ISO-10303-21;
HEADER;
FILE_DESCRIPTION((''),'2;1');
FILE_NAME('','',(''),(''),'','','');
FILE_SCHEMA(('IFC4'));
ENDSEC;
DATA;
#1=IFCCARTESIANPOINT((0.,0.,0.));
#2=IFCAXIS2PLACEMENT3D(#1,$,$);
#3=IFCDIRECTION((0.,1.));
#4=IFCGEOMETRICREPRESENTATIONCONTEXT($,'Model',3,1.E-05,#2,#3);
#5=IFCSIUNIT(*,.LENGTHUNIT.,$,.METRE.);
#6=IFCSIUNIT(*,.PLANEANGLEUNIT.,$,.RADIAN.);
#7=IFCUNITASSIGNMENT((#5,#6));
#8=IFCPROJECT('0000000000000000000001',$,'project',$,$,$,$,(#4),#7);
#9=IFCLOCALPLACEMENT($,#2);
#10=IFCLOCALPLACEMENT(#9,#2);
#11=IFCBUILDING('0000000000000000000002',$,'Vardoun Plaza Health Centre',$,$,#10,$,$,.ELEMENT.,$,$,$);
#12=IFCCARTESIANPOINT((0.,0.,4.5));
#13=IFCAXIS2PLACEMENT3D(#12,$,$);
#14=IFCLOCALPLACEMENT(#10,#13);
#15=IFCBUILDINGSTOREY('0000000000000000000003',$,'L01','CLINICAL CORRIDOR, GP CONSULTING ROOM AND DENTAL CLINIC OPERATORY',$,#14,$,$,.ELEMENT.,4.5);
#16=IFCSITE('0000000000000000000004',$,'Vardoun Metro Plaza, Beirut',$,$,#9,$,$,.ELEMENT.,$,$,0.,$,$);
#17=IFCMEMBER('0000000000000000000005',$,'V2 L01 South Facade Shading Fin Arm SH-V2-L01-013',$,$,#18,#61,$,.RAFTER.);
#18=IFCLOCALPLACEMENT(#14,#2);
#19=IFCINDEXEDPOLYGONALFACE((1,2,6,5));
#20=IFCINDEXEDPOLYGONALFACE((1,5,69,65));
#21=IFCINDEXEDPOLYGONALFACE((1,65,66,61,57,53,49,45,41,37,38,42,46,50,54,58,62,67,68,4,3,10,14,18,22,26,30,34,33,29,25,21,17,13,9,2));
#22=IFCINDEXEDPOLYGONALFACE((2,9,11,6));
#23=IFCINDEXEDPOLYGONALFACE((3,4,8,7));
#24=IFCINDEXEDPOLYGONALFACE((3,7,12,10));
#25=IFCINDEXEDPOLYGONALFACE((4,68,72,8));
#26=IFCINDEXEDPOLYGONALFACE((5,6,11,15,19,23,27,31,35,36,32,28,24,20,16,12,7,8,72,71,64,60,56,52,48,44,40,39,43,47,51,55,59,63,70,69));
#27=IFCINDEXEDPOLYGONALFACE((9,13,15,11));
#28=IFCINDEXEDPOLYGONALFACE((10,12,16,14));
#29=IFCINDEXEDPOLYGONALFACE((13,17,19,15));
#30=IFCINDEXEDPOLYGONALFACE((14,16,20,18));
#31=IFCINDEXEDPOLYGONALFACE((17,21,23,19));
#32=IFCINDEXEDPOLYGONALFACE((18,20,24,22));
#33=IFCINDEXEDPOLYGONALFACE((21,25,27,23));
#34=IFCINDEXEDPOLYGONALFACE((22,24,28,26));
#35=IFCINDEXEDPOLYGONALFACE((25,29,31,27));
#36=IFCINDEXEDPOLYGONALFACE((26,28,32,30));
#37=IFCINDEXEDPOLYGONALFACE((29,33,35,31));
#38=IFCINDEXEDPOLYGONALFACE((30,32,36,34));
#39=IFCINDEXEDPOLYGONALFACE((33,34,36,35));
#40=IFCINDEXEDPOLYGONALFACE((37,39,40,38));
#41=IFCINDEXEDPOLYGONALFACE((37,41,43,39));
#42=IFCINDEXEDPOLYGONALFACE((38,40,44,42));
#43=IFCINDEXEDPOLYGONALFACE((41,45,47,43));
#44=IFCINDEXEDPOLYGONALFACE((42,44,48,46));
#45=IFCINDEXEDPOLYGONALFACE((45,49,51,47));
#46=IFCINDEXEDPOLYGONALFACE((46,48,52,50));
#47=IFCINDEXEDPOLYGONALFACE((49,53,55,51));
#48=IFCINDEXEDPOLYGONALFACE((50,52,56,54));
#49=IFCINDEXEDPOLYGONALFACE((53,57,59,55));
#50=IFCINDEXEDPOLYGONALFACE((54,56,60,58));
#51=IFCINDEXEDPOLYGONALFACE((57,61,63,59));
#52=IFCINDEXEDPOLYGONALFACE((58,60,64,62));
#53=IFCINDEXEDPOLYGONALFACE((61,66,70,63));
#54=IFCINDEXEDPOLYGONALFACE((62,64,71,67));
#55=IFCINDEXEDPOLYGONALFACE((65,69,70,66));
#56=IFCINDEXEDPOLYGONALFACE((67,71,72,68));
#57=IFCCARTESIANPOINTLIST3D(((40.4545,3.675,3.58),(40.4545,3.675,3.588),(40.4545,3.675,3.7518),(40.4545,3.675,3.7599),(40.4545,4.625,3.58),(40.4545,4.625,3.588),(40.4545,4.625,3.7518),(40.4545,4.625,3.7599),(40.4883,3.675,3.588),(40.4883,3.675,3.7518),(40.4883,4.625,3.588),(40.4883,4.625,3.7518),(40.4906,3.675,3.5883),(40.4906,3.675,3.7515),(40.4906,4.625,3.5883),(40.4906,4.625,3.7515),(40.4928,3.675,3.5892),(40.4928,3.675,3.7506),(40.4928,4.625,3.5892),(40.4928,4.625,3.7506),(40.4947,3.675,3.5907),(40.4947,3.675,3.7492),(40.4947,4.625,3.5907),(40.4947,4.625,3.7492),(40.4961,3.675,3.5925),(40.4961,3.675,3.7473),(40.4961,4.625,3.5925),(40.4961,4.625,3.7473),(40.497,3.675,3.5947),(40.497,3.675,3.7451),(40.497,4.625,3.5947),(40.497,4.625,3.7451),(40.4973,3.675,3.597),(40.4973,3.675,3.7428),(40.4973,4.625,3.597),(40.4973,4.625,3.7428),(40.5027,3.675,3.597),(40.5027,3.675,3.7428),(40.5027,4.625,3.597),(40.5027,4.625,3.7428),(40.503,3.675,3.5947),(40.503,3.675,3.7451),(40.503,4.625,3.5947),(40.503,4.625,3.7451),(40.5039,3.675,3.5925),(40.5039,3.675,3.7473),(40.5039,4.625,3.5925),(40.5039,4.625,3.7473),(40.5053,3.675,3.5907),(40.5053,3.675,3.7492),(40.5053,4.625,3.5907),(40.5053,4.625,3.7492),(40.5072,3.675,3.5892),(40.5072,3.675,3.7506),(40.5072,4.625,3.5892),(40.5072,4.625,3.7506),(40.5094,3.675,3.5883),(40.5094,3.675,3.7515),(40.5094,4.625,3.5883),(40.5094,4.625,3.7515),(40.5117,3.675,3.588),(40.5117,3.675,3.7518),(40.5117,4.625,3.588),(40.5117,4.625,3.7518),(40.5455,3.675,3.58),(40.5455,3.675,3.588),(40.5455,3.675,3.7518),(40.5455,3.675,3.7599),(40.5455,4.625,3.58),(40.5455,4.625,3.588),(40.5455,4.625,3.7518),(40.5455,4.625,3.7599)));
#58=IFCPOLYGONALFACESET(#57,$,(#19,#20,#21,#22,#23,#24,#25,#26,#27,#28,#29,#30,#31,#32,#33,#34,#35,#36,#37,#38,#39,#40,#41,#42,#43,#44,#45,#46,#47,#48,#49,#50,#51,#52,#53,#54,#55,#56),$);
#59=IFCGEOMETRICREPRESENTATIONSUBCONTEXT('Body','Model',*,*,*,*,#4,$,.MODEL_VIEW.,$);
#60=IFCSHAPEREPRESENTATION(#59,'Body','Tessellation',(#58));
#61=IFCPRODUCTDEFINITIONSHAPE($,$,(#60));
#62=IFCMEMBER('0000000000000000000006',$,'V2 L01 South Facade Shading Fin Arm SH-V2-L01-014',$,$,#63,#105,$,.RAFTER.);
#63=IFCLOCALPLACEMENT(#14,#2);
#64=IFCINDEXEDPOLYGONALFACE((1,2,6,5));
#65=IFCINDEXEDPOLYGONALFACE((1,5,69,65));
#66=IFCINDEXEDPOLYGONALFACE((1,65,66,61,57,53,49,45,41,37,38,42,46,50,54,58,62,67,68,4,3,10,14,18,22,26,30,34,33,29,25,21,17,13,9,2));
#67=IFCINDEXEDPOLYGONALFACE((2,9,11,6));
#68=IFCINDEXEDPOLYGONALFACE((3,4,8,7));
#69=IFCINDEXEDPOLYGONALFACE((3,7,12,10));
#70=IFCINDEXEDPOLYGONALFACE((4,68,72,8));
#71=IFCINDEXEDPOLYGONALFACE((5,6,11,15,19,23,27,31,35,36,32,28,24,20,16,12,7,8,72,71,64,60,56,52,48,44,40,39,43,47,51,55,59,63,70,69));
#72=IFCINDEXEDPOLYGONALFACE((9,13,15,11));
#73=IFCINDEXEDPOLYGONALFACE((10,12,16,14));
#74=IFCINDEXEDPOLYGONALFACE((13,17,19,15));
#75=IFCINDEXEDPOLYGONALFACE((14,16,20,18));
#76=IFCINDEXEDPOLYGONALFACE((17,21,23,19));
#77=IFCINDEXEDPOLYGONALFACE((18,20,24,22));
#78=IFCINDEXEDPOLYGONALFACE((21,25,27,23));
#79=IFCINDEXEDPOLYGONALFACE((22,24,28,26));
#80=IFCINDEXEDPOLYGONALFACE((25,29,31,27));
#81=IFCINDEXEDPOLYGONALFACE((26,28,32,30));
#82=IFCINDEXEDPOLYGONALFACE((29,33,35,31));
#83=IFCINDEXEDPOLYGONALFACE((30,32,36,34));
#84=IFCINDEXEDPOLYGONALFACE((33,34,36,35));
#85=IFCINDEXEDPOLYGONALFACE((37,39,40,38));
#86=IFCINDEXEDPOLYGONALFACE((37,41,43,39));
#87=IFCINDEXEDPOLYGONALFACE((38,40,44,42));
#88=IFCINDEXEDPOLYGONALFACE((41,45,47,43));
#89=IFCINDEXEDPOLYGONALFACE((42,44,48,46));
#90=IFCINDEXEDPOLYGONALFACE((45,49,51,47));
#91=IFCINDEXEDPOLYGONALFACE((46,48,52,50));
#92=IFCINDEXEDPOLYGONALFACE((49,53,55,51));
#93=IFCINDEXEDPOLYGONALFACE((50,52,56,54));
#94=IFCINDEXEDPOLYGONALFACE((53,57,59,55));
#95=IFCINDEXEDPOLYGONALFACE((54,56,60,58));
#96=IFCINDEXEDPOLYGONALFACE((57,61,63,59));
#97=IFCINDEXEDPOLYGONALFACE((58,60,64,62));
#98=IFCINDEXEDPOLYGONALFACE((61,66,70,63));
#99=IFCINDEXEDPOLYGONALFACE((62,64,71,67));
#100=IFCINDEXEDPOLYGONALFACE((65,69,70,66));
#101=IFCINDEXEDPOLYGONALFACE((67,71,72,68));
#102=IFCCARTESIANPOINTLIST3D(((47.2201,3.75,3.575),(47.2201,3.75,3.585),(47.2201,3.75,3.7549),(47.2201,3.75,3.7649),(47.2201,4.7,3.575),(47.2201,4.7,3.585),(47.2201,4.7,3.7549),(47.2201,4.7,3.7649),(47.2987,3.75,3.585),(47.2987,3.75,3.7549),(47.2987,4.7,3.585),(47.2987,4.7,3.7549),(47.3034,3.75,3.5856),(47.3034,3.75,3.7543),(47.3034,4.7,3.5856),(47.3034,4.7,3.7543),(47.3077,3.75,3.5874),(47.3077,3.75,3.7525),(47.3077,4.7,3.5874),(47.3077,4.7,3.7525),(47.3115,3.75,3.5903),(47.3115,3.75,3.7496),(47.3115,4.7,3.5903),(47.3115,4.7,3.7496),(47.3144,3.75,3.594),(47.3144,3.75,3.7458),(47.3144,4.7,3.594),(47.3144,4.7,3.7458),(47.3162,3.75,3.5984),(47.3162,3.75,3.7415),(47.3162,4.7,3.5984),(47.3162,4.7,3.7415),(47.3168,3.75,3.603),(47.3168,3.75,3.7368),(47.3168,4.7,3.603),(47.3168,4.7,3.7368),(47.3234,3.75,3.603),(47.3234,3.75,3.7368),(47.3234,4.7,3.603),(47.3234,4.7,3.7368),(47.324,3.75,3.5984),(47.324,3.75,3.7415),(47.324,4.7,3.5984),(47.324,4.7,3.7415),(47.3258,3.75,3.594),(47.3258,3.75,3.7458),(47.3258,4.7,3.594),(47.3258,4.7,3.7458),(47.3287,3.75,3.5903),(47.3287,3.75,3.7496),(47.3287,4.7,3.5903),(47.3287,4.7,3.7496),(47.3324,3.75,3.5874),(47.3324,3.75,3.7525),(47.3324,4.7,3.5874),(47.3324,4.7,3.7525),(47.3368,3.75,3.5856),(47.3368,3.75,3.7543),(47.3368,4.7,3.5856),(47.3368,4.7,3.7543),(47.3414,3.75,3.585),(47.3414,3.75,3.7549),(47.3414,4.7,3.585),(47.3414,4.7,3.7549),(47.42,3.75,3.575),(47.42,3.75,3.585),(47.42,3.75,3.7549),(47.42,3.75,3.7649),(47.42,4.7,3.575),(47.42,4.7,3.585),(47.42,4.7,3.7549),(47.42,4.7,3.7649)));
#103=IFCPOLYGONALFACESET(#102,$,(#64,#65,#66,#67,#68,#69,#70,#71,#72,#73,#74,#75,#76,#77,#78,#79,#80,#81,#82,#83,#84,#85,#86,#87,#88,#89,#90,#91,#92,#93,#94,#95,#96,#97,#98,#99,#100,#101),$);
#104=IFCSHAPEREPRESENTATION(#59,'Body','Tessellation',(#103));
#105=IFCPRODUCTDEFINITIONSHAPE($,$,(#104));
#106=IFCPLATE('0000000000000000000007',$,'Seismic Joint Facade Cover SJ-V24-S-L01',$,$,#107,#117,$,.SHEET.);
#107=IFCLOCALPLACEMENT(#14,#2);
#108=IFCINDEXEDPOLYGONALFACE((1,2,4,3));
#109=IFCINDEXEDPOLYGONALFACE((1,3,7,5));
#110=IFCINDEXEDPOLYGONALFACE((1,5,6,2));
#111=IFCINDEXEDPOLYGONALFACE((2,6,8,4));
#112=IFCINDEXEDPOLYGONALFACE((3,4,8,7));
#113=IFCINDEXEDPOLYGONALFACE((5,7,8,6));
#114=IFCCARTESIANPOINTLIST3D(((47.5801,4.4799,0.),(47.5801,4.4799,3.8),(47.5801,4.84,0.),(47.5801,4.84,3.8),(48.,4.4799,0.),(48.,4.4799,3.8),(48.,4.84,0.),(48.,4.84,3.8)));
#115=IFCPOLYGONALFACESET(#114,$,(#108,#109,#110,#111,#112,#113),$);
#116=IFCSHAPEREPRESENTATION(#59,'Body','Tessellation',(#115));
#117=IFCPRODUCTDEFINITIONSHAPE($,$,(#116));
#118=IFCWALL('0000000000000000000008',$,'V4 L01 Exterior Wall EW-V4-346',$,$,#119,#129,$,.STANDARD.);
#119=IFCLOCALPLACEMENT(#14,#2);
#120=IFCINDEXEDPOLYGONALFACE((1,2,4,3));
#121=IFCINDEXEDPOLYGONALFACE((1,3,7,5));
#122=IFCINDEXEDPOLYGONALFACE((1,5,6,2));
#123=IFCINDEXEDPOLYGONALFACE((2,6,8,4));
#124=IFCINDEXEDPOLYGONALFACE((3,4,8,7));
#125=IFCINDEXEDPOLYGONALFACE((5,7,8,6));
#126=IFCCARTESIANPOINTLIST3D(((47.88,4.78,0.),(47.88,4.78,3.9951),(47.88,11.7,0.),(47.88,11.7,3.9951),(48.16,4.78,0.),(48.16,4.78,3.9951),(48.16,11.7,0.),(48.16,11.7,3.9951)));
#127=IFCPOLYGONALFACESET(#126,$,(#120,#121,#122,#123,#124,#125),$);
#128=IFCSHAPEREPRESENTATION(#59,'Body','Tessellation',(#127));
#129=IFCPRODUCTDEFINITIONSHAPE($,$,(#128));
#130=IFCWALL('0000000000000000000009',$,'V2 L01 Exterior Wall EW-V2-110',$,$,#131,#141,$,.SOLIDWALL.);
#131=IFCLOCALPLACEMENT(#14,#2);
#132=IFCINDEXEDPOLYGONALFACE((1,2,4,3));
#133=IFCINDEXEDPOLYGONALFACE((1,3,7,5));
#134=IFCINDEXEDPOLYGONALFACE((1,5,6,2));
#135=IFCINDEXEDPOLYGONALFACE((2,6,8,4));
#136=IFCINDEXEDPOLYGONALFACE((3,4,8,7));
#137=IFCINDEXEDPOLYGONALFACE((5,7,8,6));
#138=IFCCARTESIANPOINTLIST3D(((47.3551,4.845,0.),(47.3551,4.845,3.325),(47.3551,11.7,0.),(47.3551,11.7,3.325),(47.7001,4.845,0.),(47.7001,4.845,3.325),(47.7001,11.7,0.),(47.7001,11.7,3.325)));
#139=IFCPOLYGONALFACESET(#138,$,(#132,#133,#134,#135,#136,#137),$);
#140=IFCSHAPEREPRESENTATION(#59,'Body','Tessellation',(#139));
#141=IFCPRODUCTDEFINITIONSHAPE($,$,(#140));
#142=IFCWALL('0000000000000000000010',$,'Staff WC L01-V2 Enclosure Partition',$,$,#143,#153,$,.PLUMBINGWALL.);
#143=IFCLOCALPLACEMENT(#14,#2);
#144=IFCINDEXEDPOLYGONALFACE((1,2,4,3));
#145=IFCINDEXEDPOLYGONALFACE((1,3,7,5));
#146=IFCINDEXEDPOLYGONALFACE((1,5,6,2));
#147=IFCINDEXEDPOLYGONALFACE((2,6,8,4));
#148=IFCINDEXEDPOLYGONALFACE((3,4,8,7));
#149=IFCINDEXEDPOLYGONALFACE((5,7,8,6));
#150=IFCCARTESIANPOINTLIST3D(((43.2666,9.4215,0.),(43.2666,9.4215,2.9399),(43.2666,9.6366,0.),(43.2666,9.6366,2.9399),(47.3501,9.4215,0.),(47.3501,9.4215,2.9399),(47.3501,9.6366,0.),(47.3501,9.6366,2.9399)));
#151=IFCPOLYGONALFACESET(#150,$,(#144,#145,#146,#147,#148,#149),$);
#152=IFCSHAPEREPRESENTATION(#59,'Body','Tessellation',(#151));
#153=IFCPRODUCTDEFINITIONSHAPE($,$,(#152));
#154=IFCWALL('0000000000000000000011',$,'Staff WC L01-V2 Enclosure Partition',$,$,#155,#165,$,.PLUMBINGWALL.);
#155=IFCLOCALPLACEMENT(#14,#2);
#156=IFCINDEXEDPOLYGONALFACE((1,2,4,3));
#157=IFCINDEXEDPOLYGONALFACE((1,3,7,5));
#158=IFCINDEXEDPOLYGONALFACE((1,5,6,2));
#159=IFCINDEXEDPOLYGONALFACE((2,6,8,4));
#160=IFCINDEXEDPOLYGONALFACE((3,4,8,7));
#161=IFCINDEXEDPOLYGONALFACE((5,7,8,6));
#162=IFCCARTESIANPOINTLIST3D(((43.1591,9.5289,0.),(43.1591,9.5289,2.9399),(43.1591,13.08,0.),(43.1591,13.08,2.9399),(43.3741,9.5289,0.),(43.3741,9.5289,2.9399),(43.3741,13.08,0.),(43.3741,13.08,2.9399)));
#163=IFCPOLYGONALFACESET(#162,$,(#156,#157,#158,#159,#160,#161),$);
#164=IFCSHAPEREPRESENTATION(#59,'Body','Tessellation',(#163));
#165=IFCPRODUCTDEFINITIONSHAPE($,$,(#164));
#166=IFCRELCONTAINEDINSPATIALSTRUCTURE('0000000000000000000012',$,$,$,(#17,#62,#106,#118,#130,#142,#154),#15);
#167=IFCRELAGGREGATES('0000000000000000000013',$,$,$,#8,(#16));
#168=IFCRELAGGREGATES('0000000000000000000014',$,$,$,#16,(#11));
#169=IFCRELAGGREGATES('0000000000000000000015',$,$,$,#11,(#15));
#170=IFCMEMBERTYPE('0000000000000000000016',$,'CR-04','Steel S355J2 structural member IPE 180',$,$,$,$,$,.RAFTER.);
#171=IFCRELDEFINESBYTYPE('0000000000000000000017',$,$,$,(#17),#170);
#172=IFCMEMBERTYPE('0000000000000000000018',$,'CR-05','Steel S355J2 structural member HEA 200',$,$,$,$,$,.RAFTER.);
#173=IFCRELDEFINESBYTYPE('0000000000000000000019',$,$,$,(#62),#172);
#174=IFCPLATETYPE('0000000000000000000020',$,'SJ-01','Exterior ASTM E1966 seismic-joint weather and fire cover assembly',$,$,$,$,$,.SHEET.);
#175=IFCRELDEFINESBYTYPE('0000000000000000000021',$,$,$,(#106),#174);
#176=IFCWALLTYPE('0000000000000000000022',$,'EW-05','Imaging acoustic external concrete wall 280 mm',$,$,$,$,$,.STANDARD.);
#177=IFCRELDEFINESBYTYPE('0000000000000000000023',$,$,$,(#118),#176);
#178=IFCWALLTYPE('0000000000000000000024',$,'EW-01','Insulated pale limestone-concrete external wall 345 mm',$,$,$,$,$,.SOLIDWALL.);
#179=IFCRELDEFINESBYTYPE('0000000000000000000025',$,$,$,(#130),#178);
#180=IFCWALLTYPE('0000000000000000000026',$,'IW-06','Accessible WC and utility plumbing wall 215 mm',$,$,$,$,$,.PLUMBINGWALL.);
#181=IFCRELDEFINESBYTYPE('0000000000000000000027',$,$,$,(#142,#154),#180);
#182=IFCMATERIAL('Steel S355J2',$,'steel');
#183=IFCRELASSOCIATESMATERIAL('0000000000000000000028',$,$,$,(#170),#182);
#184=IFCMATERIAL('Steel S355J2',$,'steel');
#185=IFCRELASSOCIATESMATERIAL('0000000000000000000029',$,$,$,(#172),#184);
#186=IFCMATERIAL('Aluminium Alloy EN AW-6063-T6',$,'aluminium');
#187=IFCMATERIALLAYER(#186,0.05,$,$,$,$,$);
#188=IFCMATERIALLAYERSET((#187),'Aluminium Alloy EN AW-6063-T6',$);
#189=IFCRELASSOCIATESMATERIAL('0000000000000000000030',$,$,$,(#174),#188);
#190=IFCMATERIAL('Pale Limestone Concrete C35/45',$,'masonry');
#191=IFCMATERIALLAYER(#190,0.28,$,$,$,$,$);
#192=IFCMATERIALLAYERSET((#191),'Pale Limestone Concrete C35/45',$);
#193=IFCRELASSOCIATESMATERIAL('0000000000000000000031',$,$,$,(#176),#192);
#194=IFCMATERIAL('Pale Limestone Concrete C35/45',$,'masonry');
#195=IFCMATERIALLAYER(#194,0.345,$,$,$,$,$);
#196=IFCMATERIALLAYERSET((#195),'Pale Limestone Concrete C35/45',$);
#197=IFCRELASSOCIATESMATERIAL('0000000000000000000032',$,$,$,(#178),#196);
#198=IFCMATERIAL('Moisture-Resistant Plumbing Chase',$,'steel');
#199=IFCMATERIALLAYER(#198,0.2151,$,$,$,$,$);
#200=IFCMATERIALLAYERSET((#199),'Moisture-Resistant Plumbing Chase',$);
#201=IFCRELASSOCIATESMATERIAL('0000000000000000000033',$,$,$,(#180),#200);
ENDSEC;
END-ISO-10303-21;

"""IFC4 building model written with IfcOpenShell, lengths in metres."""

from ifc_helpers import new_model, si_unit, direction, frame, frame_2d, origin, origin_2d, place, context, subcontext, project, spatial, rectangle, i_section, extrude, material, layer, layer_set, material_profile, profile_set, type_object, element, save


model = new_model("IFC4")

# Units and contexts
model_context = context("Model", 3, precision=1e-05, world=origin(), true_north=direction((0.0, 1.0)))
body_context = subcontext(model_context, "Body", "Model", "MODEL_VIEW")
ifc_project = project(units=[si_unit("LENGTHUNIT", "METRE"), si_unit("PLANEANGLEUNIT", "RADIAN")], contexts=[model_context])

# Site, building, storey
site_placement = place(None, origin())
site = spatial("IfcSite", under=ifc_project, at=site_placement, Name="Vardoun Metro Plaza, Beirut", CompositionType="ELEMENT", RefElevation=0.0)
building_placement = place(site_placement, origin())
building = spatial("IfcBuilding", under=site, at=building_placement, Name="Vardoun Plaza Health Centre", CompositionType="ELEMENT")
storey_placement = place(building_placement, frame((0.0, 0.0, 4.5)))
storey = spatial("IfcBuildingStorey", under=building, at=storey_placement, Name="L01", Description="CLINICAL CORRIDOR, GP CONSULTING ROOM AND DENTAL CLINIC OPERATORY", CompositionType="ELEMENT", Elevation=4.5)

# Members
ifc_material_1 = material(Name="Steel S355J2", Category="steel")
ifc_material_profile_1 = material_profile(ifc_material_1, i_section(OverallWidth=0.0911, OverallDepth=0.1799, WebThickness=0.0054, FlangeThickness=0.0081, FilletRadius=0.009, at=origin_2d()), Name="IPE 180")
ifc_profile_set_1 = profile_set([ifc_material_profile_1], Name="Steel S355J2")
member_type_1 = type_object("IfcMemberType", Name="CR-04", Description="Steel S355J2 structural member IPE 180", PredefinedType="RAFTER", material=ifc_profile_set_1)
member_1_placement = place(storey_placement, frame((40.5, 4.625, 3.6699), z_axis=(0.0, -1.0, 0.0), x_axis=(1.0, 0.0, 0.0)))
element("IfcMember", 1, at=member_1_placement, inside=storey, type_object=member_type_1, Name="V2 L01 South Facade Shading Fin Arm SH-V2-L01-013", PredefinedType="RAFTER", context=body_context, shape_type="SweptSolid", body=[
    extrude(i_section(OverallWidth=0.0911, OverallDepth=0.1799, WebThickness=0.0054, FlangeThickness=0.0081, FilletRadius=0.009, at=origin_2d()), origin(), (0.0, 0.0, 1.0), 0.95),
])
ifc_material_2 = material(Name="Steel S355J2", Category="steel")
ifc_material_profile_2 = material_profile(ifc_material_2, i_section(OverallWidth=0.2, OverallDepth=0.1899, WebThickness=0.0066, FlangeThickness=0.01, FilletRadius=0.0181, at=origin_2d()), Name="HEA 200")
ifc_profile_set_2 = profile_set([ifc_material_profile_2], Name="Steel S355J2")
member_type_2 = type_object("IfcMemberType", Name="CR-05", Description="Steel S355J2 structural member HEA 200", PredefinedType="RAFTER", material=ifc_profile_set_2)
member_2_placement = place(storey_placement, frame((47.3201, 4.7, 3.6699), z_axis=(0.0, -1.0, 0.0), x_axis=(1.0, 0.0, 0.0)))
element("IfcMember", 2, at=member_2_placement, inside=storey, type_object=member_type_2, Name="V2 L01 South Facade Shading Fin Arm SH-V2-L01-014", PredefinedType="RAFTER", context=body_context, shape_type="SweptSolid", body=[
    extrude(i_section(OverallWidth=0.2, OverallDepth=0.1899, WebThickness=0.0066, FlangeThickness=0.01, FilletRadius=0.0181, at=origin_2d()), origin(), (0.0, 0.0, 1.0), 0.95),
])

# Plate
ifc_material_3 = material(Name="Aluminium Alloy EN AW-6063-T6", Category="aluminium")
ifc_layer_1 = layer(ifc_material_3, 0.05)
ifc_layer_set_1 = layer_set([ifc_layer_1], Name="Aluminium Alloy EN AW-6063-T6")
plate_type = type_object("IfcPlateType", Name="SJ-01", Description="Exterior ASTM E1966 seismic-joint weather and fire cover assembly", PredefinedType="SHEET", material=ifc_layer_set_1)
plate_placement = place(storey_placement, frame((47.79, 4.6599, 0.0), z_axis=(0.0, 0.0, 1.0), x_axis=(1.0, 0.0, 0.0)))
element("IfcPlate", 3, at=plate_placement, inside=storey, type_object=plate_type, Name="Seismic Joint Facade Cover SJ-V24-S-L01", PredefinedType="SHEET", context=body_context, shape_type="SweptSolid", body=[
    extrude(rectangle(XDim=0.4199, YDim=0.3601, at=origin_2d()), origin(), (0.0, 0.0, 1.0), 3.8),
])

# Walls
ifc_material_4 = material(Name="Pale Limestone Concrete C35/45", Category="masonry")
ifc_layer_2 = layer(ifc_material_4, 0.28)
ifc_layer_set_2 = layer_set([ifc_layer_2], Name="Pale Limestone Concrete C35/45")
wall_type_1 = type_object("IfcWallType", Name="EW-05", Description="Imaging acoustic external concrete wall 280 mm", PredefinedType="STANDARD", material=ifc_layer_set_2)
wall_1_placement = place(storey_placement, frame((48.02, 4.78, 0.0), z_axis=(0.0, 0.0, 1.0), x_axis=(0.0, 1.0, 0.0)))
element("IfcWall", 4, at=wall_1_placement, inside=storey, type_object=wall_type_1, Name="V4 L01 Exterior Wall EW-V4-346", PredefinedType="STANDARD", context=body_context, shape_type="SweptSolid", body=[
    extrude(rectangle(XDim=6.9199, YDim=0.28, at=frame_2d((3.46, 0.0))), origin(), (0.0, 0.0, 1.0), 3.9951),
])
ifc_material_5 = material(Name="Pale Limestone Concrete C35/45", Category="masonry")
ifc_layer_3 = layer(ifc_material_5, 0.345)
ifc_layer_set_3 = layer_set([ifc_layer_3], Name="Pale Limestone Concrete C35/45")
wall_type_2 = type_object("IfcWallType", Name="EW-01", Description="Insulated pale limestone-concrete external wall 345 mm", PredefinedType="SOLIDWALL", material=ifc_layer_set_3)
wall_2_placement = place(storey_placement, frame((47.5276, 11.7, 0.0), z_axis=(0.0, 0.0, 1.0), x_axis=(0.0, -1.0, 0.0)))
element("IfcWall", 5, at=wall_2_placement, inside=storey, type_object=wall_type_2, Name="V2 L01 Exterior Wall EW-V2-110", PredefinedType="SOLIDWALL", context=body_context, shape_type="SweptSolid", body=[
    extrude(rectangle(XDim=6.855, YDim=0.345, at=frame_2d((3.4275, 0.0))), origin(), (0.0, 0.0, 1.0), 3.325),
])

# Walls
ifc_material_6 = material(Name="Moisture-Resistant Plumbing Chase", Category="steel")
ifc_layer_4 = layer(ifc_material_6, 0.2151)
ifc_layer_set_4 = layer_set([ifc_layer_4], Name="Moisture-Resistant Plumbing Chase")
wall_type_3 = type_object("IfcWallType", Name="IW-06", Description="Accessible WC and utility plumbing wall 215 mm", PredefinedType="PLUMBINGWALL", material=ifc_layer_set_4)
wall_3_placement = place(storey_placement, frame((47.3501, 9.5291, 0.0), z_axis=(0.0, 0.0, 1.0), x_axis=(-1.0, 0.0, 0.0)))
element("IfcWall", 6, at=wall_3_placement, inside=storey, type_object=wall_type_3, Name="Staff WC L01-V2 Enclosure Partition", PredefinedType="PLUMBINGWALL", context=body_context, shape_type="SweptSolid", body=[
    extrude(rectangle(XDim=4.0835, YDim=0.2151, at=frame_2d((2.0417, 0.0))), origin(), (0.0, 0.0, 1.0), 2.9399),
])
wall_4_placement = place(storey_placement, frame((43.2666, 9.5291, 0.0), z_axis=(0.0, 0.0, 1.0), x_axis=(0.0, 1.0, 0.0)))
element("IfcWall", 7, at=wall_4_placement, inside=storey, type_object=wall_type_3, Name="Staff WC L01-V2 Enclosure Partition", PredefinedType="PLUMBINGWALL", context=body_context, shape_type="SweptSolid", body=[
    extrude(rectangle(XDim=3.551, YDim=0.2151, at=frame_2d((1.7754, 0.0))), origin(), (0.0, 0.0, 1.0), 2.9399),
])

save(model, "model.ifc")
